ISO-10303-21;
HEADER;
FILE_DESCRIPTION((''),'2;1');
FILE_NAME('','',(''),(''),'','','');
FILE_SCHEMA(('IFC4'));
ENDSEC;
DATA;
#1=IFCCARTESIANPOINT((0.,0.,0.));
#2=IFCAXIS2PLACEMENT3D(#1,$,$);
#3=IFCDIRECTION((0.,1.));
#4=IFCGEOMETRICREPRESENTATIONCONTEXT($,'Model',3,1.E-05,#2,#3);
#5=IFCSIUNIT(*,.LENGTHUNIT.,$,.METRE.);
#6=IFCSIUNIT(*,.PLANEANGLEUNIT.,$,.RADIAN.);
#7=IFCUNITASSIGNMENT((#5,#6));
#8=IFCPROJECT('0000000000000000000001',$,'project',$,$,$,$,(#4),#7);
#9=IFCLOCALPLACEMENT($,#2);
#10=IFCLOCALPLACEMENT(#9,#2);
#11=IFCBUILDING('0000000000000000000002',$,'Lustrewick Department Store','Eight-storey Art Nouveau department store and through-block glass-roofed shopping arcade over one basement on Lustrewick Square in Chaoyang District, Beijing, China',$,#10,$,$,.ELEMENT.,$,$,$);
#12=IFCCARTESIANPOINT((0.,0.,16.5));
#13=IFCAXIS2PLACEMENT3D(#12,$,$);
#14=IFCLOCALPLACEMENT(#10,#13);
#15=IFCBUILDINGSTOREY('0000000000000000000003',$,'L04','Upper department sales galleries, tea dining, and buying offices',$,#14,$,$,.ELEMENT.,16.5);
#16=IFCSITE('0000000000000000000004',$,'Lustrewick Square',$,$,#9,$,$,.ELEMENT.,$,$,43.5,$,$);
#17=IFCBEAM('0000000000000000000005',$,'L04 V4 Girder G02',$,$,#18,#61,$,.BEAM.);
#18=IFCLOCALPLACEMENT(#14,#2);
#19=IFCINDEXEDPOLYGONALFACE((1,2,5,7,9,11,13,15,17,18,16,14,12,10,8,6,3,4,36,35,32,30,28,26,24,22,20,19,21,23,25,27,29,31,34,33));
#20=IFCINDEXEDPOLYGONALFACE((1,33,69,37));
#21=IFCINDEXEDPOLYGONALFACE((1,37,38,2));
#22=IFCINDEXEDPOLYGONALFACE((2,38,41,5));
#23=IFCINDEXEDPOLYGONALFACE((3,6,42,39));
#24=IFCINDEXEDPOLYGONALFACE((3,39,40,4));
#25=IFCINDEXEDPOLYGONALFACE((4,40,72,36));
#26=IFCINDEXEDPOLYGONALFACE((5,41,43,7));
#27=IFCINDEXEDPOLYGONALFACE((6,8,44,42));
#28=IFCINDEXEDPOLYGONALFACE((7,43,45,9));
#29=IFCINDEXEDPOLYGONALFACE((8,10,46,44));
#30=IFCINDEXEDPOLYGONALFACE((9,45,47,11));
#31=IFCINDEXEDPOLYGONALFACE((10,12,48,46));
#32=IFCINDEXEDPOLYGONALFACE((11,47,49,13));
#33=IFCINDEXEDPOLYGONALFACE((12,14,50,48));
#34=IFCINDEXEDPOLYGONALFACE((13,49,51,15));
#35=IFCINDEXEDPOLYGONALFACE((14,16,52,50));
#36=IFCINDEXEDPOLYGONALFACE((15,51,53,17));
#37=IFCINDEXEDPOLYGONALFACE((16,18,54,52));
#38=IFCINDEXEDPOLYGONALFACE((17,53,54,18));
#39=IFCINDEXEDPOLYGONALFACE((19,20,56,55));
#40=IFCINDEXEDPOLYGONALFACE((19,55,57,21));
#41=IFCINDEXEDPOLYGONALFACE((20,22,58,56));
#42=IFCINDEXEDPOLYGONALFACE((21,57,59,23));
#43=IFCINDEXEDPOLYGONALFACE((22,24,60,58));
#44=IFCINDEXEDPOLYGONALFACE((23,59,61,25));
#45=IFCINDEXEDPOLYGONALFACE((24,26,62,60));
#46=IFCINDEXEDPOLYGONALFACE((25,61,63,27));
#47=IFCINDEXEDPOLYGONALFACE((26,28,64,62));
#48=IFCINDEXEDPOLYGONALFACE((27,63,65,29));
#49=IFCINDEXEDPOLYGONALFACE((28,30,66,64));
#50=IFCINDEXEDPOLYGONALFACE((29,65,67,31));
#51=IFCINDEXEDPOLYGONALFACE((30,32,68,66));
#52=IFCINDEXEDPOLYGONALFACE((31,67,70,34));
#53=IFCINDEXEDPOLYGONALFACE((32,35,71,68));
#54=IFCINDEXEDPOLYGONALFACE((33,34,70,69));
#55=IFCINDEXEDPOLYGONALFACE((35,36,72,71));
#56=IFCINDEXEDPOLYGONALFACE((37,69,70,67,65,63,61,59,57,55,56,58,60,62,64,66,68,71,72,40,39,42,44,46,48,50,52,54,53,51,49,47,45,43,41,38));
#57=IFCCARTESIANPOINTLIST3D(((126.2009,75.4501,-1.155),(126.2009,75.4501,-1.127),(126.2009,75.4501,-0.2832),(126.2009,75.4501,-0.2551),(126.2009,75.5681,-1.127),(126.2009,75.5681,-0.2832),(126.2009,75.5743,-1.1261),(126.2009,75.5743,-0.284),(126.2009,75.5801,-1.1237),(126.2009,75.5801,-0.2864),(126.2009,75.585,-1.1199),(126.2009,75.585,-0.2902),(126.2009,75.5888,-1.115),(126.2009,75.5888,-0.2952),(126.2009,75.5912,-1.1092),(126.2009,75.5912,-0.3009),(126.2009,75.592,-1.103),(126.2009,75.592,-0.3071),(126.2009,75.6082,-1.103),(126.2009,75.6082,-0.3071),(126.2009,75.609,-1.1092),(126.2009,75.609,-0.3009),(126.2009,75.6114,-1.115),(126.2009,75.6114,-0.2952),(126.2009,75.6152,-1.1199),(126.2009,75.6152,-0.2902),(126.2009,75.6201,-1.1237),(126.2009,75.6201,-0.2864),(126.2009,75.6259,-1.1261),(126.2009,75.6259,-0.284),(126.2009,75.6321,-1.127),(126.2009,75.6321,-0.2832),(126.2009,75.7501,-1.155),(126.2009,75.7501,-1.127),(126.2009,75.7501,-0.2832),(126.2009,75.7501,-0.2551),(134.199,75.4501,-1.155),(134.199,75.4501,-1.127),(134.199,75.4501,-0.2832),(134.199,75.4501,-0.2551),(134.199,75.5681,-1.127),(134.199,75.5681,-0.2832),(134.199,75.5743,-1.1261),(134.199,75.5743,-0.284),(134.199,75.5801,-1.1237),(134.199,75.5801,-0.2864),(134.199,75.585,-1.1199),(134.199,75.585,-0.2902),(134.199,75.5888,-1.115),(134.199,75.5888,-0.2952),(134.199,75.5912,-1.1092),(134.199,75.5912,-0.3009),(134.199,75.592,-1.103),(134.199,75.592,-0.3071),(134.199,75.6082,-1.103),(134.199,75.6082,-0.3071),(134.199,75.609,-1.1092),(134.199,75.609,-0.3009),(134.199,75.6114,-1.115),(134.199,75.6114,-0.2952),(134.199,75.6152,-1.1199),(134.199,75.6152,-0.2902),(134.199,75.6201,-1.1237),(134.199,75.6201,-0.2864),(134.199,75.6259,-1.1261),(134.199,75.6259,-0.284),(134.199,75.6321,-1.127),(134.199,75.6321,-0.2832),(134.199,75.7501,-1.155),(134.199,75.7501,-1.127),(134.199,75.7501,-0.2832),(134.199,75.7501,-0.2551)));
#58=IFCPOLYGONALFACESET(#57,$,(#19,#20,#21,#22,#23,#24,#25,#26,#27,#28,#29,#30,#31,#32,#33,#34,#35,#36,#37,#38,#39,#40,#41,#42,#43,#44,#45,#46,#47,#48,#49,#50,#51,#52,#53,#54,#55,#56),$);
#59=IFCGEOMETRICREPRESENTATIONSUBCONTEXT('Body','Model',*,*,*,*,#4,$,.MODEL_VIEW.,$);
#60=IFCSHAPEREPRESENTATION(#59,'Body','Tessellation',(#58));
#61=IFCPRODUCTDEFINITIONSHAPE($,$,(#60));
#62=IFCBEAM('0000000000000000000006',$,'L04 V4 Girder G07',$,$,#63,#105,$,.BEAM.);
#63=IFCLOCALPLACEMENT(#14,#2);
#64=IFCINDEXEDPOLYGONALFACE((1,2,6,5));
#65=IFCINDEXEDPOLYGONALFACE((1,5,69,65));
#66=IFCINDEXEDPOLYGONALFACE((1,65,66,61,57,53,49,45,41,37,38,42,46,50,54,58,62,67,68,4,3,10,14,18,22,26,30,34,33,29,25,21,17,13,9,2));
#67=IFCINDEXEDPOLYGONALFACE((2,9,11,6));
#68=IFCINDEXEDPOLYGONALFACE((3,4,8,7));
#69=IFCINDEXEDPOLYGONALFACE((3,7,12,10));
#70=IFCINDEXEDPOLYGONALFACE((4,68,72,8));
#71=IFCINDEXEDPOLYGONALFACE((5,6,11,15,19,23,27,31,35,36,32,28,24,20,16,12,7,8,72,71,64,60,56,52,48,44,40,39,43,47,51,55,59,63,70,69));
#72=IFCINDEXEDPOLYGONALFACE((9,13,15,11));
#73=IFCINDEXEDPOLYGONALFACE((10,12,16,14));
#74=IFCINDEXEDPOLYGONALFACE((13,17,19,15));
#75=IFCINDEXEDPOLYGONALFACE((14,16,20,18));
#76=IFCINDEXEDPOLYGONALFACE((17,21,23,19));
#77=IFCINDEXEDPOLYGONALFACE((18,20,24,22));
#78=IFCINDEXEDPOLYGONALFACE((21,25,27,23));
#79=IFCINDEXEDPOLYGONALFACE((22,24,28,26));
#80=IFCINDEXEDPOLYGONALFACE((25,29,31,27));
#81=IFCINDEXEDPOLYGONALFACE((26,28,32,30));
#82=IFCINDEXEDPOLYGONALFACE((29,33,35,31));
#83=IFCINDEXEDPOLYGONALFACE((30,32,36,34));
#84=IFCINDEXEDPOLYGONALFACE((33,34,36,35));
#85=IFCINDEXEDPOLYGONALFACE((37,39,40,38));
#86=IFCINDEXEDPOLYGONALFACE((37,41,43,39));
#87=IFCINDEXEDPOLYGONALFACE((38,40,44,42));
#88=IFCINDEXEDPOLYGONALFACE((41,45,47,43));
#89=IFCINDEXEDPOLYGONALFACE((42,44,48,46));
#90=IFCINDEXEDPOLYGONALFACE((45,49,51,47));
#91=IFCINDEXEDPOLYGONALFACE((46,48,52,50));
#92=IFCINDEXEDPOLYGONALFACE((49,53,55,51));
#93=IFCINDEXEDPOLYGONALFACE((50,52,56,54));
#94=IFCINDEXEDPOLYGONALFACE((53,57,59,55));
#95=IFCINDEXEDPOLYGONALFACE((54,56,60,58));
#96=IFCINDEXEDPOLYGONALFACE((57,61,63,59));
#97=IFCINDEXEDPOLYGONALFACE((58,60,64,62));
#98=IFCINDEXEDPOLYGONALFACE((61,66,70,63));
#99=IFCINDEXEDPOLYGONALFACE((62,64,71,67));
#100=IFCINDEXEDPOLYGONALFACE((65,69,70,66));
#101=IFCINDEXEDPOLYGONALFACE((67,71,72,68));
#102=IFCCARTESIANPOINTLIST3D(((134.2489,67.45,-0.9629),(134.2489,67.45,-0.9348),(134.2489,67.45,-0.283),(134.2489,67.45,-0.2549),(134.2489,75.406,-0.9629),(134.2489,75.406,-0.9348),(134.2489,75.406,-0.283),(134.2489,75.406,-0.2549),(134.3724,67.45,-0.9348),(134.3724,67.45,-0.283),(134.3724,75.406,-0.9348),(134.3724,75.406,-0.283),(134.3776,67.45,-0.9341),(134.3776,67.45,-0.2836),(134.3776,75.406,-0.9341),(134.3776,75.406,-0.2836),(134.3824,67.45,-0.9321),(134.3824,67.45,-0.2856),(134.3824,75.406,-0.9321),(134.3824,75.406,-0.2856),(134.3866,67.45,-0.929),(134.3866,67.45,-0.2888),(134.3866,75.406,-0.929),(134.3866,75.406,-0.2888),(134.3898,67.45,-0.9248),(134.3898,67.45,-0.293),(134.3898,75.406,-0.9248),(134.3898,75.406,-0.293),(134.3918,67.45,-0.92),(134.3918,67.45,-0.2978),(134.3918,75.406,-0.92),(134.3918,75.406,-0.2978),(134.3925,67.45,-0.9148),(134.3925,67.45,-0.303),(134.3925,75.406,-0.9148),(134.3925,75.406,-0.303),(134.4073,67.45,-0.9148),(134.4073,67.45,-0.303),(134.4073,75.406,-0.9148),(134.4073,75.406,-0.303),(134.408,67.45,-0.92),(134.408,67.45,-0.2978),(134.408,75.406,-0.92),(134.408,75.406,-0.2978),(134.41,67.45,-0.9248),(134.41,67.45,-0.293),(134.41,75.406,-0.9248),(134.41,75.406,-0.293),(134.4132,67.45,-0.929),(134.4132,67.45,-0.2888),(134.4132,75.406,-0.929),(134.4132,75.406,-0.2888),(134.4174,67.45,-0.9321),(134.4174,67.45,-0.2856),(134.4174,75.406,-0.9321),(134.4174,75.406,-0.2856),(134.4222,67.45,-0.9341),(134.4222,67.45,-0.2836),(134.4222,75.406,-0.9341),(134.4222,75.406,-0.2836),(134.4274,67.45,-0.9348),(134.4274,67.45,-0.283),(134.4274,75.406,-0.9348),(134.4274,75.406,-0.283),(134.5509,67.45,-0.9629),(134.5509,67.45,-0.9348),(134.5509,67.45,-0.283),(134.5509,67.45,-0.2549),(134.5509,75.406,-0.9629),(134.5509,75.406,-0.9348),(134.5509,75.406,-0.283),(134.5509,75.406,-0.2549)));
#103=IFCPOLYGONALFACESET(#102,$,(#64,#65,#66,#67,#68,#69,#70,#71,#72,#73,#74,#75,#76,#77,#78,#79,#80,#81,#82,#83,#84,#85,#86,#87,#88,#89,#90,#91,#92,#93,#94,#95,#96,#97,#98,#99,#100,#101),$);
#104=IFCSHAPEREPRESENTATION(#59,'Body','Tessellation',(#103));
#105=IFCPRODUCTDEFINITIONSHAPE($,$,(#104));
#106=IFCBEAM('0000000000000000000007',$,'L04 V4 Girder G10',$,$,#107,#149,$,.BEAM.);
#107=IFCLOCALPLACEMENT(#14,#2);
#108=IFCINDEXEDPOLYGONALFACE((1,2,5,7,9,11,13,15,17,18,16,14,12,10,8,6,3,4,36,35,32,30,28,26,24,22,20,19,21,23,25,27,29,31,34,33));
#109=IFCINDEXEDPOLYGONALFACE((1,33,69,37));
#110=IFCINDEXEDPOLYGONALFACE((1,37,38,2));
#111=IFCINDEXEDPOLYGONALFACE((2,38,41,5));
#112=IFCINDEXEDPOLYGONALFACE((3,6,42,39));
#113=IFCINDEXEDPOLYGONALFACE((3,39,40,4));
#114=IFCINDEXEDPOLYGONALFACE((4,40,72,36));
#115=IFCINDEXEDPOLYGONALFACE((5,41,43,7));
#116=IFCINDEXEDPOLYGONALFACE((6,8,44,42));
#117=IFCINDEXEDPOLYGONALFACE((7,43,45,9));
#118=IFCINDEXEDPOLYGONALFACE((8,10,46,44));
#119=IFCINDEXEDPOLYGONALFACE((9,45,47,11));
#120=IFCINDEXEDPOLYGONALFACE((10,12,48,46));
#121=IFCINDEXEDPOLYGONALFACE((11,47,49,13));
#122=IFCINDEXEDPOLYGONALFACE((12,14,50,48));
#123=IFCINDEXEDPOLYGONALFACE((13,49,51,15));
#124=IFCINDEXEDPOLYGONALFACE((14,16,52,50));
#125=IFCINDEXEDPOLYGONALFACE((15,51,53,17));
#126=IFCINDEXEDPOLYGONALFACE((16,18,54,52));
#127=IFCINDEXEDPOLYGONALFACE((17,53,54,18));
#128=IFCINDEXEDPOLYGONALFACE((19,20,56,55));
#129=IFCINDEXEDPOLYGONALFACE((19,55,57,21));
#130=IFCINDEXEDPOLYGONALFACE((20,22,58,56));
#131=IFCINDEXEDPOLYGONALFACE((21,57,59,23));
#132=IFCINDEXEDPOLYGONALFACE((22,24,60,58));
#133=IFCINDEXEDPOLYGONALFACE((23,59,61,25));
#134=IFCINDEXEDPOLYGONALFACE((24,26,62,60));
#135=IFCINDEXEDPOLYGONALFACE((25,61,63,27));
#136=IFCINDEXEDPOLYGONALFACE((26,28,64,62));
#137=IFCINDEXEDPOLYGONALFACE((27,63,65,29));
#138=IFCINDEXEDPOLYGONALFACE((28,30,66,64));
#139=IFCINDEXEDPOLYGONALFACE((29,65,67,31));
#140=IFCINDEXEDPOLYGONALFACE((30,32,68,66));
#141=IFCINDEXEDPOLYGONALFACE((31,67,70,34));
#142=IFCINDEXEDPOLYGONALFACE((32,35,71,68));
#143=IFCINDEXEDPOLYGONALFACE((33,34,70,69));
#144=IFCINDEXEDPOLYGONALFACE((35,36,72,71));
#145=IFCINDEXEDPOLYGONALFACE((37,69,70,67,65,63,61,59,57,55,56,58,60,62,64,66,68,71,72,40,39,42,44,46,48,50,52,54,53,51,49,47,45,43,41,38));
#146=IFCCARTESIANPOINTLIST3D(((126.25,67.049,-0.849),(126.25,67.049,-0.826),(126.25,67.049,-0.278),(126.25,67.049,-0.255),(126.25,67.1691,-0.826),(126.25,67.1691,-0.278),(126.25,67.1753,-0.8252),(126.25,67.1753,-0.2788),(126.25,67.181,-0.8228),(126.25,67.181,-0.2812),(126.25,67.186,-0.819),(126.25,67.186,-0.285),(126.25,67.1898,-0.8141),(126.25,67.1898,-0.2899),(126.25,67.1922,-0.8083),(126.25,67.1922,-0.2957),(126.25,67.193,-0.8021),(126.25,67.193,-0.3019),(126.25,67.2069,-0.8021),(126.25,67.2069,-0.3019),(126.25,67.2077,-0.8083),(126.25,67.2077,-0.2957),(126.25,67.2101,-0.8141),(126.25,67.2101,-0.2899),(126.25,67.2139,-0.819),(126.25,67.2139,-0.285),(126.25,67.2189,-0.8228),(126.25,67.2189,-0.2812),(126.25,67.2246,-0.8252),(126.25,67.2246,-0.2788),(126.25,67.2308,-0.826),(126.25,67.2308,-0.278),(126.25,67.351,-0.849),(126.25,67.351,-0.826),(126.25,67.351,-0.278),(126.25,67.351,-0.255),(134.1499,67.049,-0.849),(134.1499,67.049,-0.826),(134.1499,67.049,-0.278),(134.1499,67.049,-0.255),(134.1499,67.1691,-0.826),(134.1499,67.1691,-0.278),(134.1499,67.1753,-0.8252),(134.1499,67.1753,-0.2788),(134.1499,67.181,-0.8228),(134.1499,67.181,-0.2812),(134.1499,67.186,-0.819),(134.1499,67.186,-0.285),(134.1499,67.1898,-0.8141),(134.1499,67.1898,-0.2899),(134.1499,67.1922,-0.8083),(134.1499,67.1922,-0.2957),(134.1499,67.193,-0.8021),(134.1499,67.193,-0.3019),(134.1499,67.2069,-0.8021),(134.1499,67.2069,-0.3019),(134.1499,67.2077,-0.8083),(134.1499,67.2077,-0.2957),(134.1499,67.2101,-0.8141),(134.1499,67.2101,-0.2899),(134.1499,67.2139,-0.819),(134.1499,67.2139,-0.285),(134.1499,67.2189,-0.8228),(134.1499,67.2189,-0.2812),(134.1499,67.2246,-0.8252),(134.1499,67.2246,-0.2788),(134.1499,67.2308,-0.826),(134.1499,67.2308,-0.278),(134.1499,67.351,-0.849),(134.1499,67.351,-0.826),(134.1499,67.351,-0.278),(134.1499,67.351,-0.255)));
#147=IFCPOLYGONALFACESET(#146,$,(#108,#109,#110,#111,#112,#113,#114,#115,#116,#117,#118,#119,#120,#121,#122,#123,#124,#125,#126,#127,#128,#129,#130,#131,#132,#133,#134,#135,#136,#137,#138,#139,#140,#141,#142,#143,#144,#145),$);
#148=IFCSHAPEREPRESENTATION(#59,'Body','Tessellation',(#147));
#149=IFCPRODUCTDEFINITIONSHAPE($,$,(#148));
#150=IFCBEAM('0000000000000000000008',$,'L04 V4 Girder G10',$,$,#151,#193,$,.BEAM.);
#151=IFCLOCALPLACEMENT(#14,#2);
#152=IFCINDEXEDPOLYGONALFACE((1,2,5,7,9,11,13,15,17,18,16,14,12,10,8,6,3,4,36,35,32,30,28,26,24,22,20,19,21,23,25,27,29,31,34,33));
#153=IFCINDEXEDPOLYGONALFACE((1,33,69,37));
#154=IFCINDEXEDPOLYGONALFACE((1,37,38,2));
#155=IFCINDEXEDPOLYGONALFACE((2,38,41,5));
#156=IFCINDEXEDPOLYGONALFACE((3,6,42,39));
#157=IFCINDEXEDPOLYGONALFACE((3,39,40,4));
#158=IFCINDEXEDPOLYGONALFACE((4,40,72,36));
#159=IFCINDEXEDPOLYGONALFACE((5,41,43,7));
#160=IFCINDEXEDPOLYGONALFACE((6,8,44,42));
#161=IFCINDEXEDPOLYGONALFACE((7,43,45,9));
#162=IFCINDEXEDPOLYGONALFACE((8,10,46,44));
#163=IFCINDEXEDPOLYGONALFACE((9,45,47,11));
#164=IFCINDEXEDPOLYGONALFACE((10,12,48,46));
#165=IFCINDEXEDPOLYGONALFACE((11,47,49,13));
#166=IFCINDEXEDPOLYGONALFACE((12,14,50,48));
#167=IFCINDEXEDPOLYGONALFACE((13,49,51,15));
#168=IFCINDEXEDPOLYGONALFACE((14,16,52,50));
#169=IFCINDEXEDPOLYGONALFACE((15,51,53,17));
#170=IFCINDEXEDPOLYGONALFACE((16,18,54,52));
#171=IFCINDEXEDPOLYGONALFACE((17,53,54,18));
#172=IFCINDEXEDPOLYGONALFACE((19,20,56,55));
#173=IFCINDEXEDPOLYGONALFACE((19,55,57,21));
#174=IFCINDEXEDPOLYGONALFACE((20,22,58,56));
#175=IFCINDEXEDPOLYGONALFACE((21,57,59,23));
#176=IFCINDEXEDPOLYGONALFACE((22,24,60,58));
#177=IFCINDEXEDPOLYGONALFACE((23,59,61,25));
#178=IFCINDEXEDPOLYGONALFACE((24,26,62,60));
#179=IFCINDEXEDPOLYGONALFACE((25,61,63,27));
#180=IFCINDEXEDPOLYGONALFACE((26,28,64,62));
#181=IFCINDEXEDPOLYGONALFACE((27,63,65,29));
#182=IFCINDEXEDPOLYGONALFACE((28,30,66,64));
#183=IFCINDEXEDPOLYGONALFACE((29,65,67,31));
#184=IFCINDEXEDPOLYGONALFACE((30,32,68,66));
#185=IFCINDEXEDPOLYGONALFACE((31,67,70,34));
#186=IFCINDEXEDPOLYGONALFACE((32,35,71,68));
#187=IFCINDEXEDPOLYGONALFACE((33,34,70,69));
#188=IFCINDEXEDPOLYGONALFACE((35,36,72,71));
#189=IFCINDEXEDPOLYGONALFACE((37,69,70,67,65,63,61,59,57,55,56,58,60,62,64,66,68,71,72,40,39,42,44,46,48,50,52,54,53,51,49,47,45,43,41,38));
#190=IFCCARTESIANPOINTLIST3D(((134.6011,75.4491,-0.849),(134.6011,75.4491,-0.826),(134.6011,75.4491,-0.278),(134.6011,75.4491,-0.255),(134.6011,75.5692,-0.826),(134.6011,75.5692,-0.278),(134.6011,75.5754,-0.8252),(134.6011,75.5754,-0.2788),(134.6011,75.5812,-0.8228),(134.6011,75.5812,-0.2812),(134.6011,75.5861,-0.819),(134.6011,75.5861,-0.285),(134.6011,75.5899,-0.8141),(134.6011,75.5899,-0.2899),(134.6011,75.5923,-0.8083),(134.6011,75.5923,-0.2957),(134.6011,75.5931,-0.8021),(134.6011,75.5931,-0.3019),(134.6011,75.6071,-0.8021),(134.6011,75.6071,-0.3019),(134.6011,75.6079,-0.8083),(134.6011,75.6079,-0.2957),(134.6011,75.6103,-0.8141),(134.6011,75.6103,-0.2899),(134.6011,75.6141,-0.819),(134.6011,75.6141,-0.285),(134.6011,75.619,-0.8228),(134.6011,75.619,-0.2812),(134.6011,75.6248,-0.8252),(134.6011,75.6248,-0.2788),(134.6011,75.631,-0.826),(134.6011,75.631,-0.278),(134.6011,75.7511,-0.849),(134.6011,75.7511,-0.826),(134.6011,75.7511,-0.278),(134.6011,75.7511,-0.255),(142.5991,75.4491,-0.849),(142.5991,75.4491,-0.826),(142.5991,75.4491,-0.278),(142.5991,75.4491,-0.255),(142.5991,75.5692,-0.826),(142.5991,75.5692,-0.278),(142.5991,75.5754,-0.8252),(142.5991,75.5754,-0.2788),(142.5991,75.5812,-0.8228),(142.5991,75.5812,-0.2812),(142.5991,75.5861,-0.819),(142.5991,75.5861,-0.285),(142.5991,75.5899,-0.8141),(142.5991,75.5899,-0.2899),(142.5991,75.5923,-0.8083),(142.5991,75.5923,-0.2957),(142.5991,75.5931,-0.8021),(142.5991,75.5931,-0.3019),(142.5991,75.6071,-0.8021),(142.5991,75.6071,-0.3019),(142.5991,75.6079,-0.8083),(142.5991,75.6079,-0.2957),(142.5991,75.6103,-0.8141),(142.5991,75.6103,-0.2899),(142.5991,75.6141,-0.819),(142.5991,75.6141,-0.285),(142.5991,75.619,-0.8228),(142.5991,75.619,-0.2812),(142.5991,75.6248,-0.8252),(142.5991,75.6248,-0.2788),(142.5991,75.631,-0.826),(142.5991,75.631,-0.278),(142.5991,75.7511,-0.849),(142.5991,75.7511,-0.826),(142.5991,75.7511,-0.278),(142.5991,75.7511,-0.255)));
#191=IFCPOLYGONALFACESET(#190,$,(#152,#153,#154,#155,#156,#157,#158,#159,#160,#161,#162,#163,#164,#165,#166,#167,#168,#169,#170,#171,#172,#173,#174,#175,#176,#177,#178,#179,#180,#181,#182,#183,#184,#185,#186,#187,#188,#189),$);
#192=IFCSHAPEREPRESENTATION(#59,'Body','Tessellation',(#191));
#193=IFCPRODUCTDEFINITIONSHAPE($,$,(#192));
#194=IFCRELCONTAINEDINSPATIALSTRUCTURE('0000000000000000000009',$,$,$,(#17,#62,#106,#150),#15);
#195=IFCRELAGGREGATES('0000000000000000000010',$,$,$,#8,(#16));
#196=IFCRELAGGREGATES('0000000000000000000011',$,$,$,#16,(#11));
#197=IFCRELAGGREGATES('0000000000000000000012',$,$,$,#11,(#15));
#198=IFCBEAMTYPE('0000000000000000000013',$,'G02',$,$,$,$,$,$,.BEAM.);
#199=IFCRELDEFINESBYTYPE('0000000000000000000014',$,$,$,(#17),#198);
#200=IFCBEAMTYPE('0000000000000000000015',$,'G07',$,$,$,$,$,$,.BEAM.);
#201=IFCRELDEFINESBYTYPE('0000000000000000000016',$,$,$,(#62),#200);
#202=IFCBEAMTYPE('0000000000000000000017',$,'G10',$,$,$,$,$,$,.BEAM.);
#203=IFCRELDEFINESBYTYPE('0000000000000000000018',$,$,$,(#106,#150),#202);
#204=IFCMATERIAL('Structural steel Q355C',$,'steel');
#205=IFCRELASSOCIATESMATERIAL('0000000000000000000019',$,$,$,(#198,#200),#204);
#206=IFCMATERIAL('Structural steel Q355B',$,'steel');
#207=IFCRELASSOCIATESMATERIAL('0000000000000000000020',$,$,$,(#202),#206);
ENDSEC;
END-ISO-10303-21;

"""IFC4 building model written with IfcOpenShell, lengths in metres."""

from ifc_helpers import new_model, si_unit, direction, frame, origin, origin_2d, place, context, subcontext, project, spatial, i_section, extrude, material, material_profile, profile_set, type_object, element, save


model = new_model("IFC4")

# Units and contexts
model_context = context("Model", 3, precision=1e-05, world=origin(), true_north=direction((0.0, 1.0)))
body_context = subcontext(model_context, "Body", "Model", "MODEL_VIEW")
ifc_project = project(units=[si_unit("LENGTHUNIT", "METRE"), si_unit("PLANEANGLEUNIT", "RADIAN")], contexts=[model_context])

# Site, building, storey
site_placement = place(None, origin())
site = spatial("IfcSite", under=ifc_project, at=site_placement, Name="Lustrewick Square", CompositionType="ELEMENT", RefElevation=43.5)
building_placement = place(site_placement, origin())
building = spatial("IfcBuilding", under=site, at=building_placement, Name="Lustrewick Department Store", Description="Eight-storey Art Nouveau department store and through-block glass-roofed shopping arcade over one basement on Lustrewick Square in Chaoyang District, Beijing, China", CompositionType="ELEMENT")
storey_placement = place(building_placement, frame((0.0, 0.0, 16.5)))
storey = spatial("IfcBuildingStorey", under=building, at=storey_placement, Name="L04", Description="Upper department sales galleries, tea dining, and buying offices", CompositionType="ELEMENT", Elevation=16.5)

# Shared definitions
ifc_material_1 = material(Name="Structural steel Q355C", Category="steel")
ifc_material_2 = material(Name="Structural steel Q355B", Category="steel")

# Beams
ifc_material_profile_1 = material_profile(ifc_material_1, i_section(OverallWidth=0.3, OverallDepth=0.8999, WebThickness=0.0161, FlangeThickness=0.0281, FilletRadius=0.0239, at=origin_2d()), Name="HN 900x300x16x28")
ifc_profile_set_1 = profile_set([ifc_material_profile_1], Name="Structural steel Q355C")
beam_type_1 = type_object("IfcBeamType", Name="G02", PredefinedType="BEAM", material=ifc_profile_set_1)
beam_1_placement = place(storey_placement, frame((126.2009, 75.6001, -0.7051), z_axis=(1.0, 0.0, 0.0), x_axis=(0.0, 1.0, 0.0)))
element("IfcBeam", 1, at=beam_1_placement, inside=storey, type_object=beam_type_1, Name="L04 V4 Girder G02", PredefinedType="BEAM", context=body_context, shape_type="SweptSolid", body=[
    extrude(i_section(OverallWidth=0.3, OverallDepth=0.8999, WebThickness=0.0161, FlangeThickness=0.0281, FilletRadius=0.0239, at=origin_2d()), origin(), (0.0, 0.0, 1.0), 7.998),
])
ifc_material_profile_2 = material_profile(ifc_material_1, i_section(OverallWidth=0.302, OverallDepth=0.708, WebThickness=0.0149, FlangeThickness=0.0281, FilletRadius=0.02, at=origin_2d()), Name="HN 708x302x15x28")
ifc_profile_set_2 = profile_set([ifc_material_profile_2], Name="Structural steel Q355C")
beam_type_2 = type_object("IfcBeamType", Name="G07", PredefinedType="BEAM", material=ifc_profile_set_2)
beam_2_placement = place(storey_placement, frame((134.3999, 67.45, -0.6089), z_axis=(0.0, 1.0, 0.0), x_axis=(-1.0, 0.0, 0.0)))
element("IfcBeam", 2, at=beam_2_placement, inside=storey, type_object=beam_type_2, Name="L04 V4 Girder G07", PredefinedType="BEAM", context=body_context, shape_type="SweptSolid", body=[
    extrude(i_section(OverallWidth=0.302, OverallDepth=0.708, WebThickness=0.0149, FlangeThickness=0.0281, FilletRadius=0.02, at=origin_2d()), origin(), (0.0, 0.0, 1.0), 7.9561),
])
ifc_material_profile_3 = material_profile(ifc_material_2, i_section(OverallWidth=0.302, OverallDepth=0.594, WebThickness=0.0139, FlangeThickness=0.0229, FilletRadius=0.0239, at=origin_2d()), Name="HM 594x302x14x23")
ifc_profile_set_3 = profile_set([ifc_material_profile_3], Name="Structural steel Q355B")
beam_type_3 = type_object("IfcBeamType", Name="G10", PredefinedType="BEAM", material=ifc_profile_set_3)
beam_3_placement = place(storey_placement, frame((126.25, 67.2, -0.552), z_axis=(1.0, 0.0, 0.0), x_axis=(0.0, 1.0, 0.0)))
element("IfcBeam", 3, at=beam_3_placement, inside=storey, type_object=beam_type_3, Name="L04 V4 Girder G10", PredefinedType="BEAM", context=body_context, shape_type="SweptSolid", body=[
    extrude(i_section(OverallWidth=0.302, OverallDepth=0.594, WebThickness=0.0139, FlangeThickness=0.0229, FilletRadius=0.0239, at=origin_2d()), origin(), (0.0, 0.0, 1.0), 7.8999),
])
beam_4_placement = place(storey_placement, frame((134.6011, 75.6001, -0.552), z_axis=(1.0, 0.0, 0.0), x_axis=(0.0, 1.0, 0.0)))
element("IfcBeam", 4, at=beam_4_placement, inside=storey, type_object=beam_type_3, Name="L04 V4 Girder G10", PredefinedType="BEAM", context=body_context, shape_type="SweptSolid", body=[
    extrude(i_section(OverallWidth=0.302, OverallDepth=0.594, WebThickness=0.0139, FlangeThickness=0.0229, FilletRadius=0.0239, at=origin_2d()), origin(), (0.0, 0.0, 1.0), 7.998),
])

save(model, "model.ifc")
